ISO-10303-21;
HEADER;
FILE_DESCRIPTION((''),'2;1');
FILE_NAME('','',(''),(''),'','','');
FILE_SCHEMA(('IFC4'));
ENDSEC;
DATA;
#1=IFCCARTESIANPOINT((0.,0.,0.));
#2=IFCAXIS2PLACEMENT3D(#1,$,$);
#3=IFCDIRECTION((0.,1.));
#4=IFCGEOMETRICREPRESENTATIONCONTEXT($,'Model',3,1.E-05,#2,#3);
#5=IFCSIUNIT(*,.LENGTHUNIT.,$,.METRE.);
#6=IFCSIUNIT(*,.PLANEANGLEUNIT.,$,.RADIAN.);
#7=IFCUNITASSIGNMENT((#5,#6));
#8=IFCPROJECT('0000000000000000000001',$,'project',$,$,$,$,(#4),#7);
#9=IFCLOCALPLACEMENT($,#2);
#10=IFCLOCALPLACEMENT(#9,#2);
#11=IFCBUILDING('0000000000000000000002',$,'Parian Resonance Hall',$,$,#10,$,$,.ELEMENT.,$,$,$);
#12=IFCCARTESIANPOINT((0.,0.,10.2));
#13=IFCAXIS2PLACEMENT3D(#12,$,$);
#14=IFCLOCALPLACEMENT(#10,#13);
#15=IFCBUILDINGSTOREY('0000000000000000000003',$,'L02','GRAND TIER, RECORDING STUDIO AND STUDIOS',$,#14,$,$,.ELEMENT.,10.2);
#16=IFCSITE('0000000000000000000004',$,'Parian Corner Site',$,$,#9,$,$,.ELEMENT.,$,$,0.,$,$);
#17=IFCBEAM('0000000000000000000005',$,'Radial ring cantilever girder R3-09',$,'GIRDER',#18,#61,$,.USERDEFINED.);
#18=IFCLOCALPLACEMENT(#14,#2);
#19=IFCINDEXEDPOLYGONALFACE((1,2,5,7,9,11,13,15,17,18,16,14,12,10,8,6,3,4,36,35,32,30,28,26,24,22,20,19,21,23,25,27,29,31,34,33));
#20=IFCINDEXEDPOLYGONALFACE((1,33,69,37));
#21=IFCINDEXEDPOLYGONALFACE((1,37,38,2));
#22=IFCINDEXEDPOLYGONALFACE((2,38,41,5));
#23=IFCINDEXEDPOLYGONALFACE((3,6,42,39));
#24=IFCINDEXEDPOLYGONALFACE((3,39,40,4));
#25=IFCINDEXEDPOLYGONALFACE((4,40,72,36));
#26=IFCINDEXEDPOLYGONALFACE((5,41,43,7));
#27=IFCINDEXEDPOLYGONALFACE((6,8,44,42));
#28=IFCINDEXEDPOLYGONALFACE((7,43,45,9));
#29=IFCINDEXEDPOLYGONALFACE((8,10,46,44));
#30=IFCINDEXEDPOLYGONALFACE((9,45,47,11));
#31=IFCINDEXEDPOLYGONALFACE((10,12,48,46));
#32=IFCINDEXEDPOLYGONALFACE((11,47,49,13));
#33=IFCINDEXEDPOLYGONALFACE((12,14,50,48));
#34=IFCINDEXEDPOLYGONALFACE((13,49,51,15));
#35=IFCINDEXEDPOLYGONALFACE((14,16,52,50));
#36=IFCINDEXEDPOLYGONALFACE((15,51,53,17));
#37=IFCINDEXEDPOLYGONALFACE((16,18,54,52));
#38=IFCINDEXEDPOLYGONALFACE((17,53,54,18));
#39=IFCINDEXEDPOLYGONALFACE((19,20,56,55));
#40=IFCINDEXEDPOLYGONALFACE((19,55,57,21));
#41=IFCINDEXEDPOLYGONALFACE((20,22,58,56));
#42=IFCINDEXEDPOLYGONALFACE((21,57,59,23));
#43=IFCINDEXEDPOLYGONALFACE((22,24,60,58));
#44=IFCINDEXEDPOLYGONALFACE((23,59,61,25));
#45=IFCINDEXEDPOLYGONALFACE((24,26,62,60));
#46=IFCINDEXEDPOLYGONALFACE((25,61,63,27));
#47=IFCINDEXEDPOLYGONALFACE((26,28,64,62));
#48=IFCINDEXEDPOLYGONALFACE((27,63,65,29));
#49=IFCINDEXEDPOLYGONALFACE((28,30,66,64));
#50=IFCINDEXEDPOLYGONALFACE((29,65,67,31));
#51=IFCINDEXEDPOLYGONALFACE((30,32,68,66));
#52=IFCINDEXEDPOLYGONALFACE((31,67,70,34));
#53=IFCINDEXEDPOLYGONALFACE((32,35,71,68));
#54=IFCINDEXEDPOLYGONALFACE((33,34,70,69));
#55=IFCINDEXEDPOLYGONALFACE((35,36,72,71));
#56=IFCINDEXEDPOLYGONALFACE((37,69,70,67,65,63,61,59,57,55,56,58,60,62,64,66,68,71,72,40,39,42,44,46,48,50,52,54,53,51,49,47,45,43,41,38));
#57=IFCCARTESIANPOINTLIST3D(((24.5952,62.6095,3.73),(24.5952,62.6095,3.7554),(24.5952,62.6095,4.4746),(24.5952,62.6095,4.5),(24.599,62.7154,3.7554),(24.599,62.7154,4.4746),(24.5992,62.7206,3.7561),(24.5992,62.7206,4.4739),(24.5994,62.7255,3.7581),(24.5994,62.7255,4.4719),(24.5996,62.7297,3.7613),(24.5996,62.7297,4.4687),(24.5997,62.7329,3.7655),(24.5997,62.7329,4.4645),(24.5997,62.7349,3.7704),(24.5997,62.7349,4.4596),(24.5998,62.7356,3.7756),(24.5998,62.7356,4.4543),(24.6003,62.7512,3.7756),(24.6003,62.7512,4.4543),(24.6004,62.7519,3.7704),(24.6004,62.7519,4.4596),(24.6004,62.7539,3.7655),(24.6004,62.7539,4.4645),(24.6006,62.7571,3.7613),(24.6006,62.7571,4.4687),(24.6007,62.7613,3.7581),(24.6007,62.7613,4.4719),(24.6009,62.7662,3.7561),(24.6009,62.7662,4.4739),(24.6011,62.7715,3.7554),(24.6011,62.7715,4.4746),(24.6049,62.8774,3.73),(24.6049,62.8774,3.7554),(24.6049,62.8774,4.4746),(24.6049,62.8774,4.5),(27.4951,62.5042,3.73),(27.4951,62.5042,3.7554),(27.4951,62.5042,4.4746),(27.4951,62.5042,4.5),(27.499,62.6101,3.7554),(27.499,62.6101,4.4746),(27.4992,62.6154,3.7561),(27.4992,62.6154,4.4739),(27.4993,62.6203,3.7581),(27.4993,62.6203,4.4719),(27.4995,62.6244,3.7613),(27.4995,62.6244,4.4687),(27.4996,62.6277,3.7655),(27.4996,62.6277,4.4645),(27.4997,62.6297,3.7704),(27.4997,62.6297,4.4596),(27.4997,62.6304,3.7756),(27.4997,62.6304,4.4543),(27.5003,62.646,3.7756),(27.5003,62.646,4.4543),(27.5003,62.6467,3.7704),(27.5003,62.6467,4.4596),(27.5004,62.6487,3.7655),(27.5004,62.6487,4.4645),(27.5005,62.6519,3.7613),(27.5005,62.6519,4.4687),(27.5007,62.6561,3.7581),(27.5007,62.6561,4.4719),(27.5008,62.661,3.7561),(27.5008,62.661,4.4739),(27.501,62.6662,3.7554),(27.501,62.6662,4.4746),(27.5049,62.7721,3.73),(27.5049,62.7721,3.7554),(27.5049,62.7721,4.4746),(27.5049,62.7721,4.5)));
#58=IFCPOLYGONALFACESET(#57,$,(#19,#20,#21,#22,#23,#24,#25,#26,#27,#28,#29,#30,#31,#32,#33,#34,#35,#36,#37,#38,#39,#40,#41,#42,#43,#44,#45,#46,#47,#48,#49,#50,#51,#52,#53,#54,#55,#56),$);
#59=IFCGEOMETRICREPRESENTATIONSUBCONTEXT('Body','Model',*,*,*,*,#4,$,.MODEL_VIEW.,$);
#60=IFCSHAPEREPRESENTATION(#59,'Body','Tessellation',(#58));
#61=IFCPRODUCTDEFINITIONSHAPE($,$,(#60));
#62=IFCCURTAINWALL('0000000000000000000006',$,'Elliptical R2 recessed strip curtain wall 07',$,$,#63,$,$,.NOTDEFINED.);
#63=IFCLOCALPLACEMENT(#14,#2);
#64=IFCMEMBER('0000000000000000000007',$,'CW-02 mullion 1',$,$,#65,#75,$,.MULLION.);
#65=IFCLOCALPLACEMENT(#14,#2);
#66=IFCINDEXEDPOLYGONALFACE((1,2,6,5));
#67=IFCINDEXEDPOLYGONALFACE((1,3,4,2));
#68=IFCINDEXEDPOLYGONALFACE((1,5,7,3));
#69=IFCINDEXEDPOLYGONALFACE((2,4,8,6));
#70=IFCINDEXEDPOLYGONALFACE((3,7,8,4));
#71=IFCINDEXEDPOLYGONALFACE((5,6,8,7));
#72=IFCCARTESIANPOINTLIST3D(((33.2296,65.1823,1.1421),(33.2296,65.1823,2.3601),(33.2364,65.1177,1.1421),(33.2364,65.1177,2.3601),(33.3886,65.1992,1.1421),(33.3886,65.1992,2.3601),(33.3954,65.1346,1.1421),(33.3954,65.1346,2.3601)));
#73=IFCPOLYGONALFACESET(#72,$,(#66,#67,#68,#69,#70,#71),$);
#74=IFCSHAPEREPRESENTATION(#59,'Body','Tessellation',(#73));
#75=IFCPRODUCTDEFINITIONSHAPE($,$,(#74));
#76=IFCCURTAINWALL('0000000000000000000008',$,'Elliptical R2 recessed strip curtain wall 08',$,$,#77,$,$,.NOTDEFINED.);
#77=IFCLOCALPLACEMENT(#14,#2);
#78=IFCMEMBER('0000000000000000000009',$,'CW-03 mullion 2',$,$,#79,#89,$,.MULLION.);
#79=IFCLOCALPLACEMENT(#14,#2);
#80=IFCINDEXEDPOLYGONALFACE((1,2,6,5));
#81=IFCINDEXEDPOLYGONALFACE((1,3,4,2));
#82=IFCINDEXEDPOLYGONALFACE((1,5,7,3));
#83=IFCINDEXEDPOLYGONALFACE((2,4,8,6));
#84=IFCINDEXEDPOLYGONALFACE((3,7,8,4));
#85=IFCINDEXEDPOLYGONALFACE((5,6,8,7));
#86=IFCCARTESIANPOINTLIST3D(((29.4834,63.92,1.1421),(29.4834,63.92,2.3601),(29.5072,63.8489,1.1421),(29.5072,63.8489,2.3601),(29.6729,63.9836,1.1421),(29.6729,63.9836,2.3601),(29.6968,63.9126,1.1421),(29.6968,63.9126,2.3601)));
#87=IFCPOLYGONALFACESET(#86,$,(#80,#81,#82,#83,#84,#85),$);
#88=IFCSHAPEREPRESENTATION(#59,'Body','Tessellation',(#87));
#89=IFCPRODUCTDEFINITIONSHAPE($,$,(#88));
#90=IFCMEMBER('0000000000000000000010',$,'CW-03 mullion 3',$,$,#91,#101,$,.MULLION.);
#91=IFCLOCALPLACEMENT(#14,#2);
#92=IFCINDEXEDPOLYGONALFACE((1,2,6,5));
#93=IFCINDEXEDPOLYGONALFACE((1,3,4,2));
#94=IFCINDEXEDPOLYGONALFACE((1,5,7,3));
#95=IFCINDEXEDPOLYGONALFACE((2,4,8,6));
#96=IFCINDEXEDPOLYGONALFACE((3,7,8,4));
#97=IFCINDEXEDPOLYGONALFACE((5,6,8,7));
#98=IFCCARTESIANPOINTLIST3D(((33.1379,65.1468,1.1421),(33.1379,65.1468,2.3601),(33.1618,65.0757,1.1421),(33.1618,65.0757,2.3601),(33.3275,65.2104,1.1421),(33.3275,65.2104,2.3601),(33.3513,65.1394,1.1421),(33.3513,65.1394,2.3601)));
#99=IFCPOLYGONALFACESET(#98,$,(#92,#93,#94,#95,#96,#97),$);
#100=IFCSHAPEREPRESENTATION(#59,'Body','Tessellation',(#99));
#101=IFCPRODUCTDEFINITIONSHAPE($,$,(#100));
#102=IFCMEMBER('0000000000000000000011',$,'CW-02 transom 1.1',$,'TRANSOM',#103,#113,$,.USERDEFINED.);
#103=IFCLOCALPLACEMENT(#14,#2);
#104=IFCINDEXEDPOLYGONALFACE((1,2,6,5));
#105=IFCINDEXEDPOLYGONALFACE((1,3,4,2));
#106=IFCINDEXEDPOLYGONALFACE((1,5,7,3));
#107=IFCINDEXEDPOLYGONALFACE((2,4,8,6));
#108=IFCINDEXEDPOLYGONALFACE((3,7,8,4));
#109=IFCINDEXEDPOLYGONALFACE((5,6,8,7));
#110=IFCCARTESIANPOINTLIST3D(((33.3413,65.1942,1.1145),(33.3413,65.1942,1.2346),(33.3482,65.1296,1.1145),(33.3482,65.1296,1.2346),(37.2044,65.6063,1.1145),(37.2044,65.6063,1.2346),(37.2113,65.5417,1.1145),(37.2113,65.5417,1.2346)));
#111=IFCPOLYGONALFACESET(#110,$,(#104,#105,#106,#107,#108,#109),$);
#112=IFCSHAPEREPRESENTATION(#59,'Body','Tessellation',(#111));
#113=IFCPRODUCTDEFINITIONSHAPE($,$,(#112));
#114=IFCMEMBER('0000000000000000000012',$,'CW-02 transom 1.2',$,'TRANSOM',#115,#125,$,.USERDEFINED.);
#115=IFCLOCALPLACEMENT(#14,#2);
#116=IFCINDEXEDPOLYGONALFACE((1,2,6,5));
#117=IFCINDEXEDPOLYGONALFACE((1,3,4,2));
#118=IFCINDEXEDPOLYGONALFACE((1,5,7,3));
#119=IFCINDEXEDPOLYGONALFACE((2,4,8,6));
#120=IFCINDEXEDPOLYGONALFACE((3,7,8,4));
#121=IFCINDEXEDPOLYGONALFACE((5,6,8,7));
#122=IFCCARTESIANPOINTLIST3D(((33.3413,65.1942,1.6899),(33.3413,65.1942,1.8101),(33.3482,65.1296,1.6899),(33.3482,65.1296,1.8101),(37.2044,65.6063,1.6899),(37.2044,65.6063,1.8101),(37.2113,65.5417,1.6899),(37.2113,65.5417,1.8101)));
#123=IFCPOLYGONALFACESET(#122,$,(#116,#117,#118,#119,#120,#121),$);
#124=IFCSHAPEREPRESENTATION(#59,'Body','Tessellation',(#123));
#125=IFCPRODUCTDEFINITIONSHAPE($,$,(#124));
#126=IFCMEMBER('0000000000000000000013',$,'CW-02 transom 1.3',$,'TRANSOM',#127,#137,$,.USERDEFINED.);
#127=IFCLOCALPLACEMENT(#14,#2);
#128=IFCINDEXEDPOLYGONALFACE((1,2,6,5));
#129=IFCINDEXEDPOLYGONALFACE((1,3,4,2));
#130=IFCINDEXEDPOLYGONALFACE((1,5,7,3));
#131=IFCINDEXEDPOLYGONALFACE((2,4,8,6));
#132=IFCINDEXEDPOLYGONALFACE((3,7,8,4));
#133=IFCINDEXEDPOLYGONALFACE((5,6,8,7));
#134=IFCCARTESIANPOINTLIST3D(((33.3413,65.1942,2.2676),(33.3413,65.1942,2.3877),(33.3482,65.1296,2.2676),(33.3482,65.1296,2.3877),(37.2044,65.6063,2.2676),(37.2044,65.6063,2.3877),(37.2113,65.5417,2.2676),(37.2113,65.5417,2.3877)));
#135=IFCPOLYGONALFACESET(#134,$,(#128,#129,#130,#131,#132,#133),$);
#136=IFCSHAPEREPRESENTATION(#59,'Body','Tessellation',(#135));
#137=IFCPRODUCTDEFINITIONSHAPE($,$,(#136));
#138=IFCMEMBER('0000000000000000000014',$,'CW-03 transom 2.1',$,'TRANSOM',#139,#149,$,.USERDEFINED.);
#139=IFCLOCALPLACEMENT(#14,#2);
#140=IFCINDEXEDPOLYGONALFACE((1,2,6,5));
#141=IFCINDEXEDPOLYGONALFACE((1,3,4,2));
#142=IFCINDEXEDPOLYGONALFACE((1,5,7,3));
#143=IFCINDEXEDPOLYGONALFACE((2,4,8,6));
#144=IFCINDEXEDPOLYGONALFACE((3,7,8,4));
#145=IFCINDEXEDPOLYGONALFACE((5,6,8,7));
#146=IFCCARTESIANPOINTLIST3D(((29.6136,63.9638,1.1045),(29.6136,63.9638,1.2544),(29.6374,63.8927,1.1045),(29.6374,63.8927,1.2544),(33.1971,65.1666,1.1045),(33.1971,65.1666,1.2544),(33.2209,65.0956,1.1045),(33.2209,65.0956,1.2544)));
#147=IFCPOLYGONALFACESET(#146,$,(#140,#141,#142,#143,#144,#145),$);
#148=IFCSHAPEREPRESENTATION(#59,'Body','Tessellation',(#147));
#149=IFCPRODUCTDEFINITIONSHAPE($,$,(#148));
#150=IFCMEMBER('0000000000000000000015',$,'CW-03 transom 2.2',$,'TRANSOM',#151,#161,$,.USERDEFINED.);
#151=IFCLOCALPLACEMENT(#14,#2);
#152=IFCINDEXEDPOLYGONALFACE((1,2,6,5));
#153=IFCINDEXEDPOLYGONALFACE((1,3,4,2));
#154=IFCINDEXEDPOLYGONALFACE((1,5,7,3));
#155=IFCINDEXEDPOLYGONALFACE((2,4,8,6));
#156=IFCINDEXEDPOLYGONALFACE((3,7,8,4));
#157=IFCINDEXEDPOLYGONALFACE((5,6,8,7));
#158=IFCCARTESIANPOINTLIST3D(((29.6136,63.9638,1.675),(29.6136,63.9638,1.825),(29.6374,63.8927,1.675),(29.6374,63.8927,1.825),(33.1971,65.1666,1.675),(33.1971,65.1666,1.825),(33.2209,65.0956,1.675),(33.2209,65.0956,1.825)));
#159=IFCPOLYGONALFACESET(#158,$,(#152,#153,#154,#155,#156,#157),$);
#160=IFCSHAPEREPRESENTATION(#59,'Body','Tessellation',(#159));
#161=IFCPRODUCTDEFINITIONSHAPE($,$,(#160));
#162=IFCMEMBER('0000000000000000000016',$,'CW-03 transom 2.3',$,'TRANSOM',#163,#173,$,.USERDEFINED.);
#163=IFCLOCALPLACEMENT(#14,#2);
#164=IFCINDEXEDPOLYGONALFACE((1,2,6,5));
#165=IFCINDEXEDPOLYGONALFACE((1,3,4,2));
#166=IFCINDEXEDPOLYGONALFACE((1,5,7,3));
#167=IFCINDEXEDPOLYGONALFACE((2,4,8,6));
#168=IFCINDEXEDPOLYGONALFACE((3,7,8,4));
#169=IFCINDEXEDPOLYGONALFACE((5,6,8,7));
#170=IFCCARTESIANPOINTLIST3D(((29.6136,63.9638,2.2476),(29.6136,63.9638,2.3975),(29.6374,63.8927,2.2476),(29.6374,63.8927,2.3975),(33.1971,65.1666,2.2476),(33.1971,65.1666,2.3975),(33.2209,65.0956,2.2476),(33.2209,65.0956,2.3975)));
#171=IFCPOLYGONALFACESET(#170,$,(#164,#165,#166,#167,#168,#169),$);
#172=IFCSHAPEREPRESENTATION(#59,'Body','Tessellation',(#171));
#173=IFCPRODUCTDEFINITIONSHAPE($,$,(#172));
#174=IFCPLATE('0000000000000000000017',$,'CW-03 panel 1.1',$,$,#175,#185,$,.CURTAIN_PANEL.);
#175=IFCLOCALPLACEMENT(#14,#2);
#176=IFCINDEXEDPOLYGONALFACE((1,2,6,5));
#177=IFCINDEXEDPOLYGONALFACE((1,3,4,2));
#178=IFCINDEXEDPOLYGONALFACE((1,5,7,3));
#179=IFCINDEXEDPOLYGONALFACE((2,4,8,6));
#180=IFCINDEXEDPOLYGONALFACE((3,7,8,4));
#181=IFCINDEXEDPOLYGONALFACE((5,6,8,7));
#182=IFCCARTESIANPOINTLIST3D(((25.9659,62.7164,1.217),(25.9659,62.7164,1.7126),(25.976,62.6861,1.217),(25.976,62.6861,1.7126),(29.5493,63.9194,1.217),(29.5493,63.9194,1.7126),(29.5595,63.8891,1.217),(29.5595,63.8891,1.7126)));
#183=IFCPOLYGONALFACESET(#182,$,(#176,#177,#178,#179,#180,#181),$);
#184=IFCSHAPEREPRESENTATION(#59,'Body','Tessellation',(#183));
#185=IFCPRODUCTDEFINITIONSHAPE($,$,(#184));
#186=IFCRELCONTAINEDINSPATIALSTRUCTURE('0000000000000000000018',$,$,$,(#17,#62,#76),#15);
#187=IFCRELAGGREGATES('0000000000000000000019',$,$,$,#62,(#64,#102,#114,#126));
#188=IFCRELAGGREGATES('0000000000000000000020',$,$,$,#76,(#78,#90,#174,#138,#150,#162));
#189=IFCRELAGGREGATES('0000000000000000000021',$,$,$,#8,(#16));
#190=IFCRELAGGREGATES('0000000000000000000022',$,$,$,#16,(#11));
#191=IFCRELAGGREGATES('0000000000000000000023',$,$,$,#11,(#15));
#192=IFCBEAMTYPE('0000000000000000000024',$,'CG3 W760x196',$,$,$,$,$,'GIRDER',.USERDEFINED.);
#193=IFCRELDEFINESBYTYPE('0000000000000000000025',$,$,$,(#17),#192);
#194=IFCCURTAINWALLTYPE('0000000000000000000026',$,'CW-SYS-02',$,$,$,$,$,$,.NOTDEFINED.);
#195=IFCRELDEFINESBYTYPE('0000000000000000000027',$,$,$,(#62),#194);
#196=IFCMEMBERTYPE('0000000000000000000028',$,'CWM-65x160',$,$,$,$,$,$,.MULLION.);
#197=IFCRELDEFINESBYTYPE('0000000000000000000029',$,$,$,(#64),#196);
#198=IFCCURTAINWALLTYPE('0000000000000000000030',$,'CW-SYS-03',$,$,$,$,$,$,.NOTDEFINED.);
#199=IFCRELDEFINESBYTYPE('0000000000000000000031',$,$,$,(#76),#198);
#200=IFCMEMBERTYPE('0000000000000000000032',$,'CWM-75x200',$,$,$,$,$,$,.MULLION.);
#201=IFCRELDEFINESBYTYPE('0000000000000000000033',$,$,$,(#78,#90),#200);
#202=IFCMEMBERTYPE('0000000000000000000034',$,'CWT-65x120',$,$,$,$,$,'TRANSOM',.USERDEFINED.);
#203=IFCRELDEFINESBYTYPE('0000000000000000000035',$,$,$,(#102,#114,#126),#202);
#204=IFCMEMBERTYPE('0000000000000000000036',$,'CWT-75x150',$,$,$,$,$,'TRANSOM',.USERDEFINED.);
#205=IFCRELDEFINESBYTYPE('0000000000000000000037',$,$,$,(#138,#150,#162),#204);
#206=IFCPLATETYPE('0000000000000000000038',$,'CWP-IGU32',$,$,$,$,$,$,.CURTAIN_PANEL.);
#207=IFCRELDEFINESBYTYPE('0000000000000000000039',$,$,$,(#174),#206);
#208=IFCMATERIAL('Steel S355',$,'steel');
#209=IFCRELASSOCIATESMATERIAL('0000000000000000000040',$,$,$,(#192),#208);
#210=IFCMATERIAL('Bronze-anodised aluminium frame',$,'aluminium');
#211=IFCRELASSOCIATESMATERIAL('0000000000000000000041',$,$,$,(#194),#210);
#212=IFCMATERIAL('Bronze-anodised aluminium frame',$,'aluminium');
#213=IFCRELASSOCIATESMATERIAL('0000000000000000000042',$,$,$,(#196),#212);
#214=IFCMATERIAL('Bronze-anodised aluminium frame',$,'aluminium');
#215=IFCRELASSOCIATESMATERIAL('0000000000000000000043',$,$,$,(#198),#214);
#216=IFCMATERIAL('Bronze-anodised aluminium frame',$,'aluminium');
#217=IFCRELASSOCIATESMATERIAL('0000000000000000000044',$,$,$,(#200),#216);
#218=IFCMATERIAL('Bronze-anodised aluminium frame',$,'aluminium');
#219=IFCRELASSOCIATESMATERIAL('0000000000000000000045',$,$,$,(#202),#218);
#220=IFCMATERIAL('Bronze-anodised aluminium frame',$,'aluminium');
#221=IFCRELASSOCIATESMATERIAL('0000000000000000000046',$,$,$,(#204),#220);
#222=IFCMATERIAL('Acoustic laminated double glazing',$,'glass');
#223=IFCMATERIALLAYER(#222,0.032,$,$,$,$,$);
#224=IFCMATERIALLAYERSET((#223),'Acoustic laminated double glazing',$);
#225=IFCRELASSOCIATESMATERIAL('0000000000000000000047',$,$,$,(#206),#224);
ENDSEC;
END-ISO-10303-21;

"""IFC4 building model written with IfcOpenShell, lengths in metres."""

from ifc_helpers import new_model, si_unit, direction, frame, origin, origin_2d, place, context, subcontext, project, spatial, rectangle, i_section, extrude, material, layer, layer_set, material_profile, profile_set, type_object, element, aggregate, save


model = new_model("IFC4")

# Units and contexts
model_context = context("Model", 3, precision=1e-05, world=origin(), true_north=direction((0.0, 1.0)))
body_context = subcontext(model_context, "Body", "Model", "MODEL_VIEW")
ifc_project = project(units=[si_unit("LENGTHUNIT", "METRE"), si_unit("PLANEANGLEUNIT", "RADIAN")], contexts=[model_context])

# Site, building, storey
site_placement = place(None, origin())
site = spatial("IfcSite", under=ifc_project, at=site_placement, Name="Parian Corner Site", CompositionType="ELEMENT", RefElevation=0.0)
building_placement = place(site_placement, origin())
building = spatial("IfcBuilding", under=site, at=building_placement, Name="Parian Resonance Hall", CompositionType="ELEMENT")
storey_placement = place(building_placement, frame((0.0, 0.0, 10.2)))
storey = spatial("IfcBuildingStorey", under=building, at=storey_placement, Name="L02", Description="GRAND TIER, RECORDING STUDIO AND STUDIOS", CompositionType="ELEMENT", Elevation=10.2)

# Beam
ifc_material_1 = material(Name="Steel S355", Category="steel")
ifc_material_profile_1 = material_profile(ifc_material_1, i_section(OverallWidth=0.2681, OverallDepth=0.77, WebThickness=0.0156, FlangeThickness=0.0254, FilletRadius=0.0203, at=origin_2d()), Name="W760x196")
ifc_profile_set_1 = profile_set([ifc_material_profile_1], Name="Steel S355")
beam_type_1 = type_object("IfcBeamType", Name="CG3 W760x196", ElementType="GIRDER", PredefinedType="USERDEFINED", material=ifc_profile_set_1)
beam_1_placement = place(storey_placement, frame((27.5, 62.6382, 4.115), z_axis=(-0.999342, 0.036262, 0.0), x_axis=(-0.036262, -0.999342, 0.0)))
element("IfcBeam", 1, at=beam_1_placement, inside=storey, type_object=beam_type_1, Name="Radial ring cantilever girder R3-09", ObjectType="GIRDER", PredefinedType="USERDEFINED", context=body_context, shape_type="SweptSolid", body=[
    extrude(i_section(OverallWidth=0.2681, OverallDepth=0.77, WebThickness=0.0156, FlangeThickness=0.0254, FilletRadius=0.0203, at=origin_2d()), origin(), (0.0, 0.0, 1.0), 2.9019),
])

# Curtain wall, member
ifc_material_2 = material(Name="Bronze-anodised aluminium frame", Category="aluminium")
curtain_wall_type_1 = type_object("IfcCurtainWallType", Name="CW-SYS-02", PredefinedType="NOTDEFINED", material=ifc_material_2)
curtain_wall_1_placement = place(storey_placement, origin())
curtain_wall_1 = element("IfcCurtainWall", 2, at=curtain_wall_1_placement, inside=storey, type_object=curtain_wall_type_1, Name="Elliptical R2 recessed strip curtain wall 07", PredefinedType="NOTDEFINED")
ifc_material_3 = material(Name="Bronze-anodised aluminium frame", Category="aluminium")
ifc_material_profile_2 = material_profile(ifc_material_3, rectangle(XDim=0.0649, YDim=0.1599, at=origin_2d()), Name="CWM-65x160")
ifc_profile_set_2 = profile_set([ifc_material_profile_2], Name="Bronze-anodised aluminium frame")
member_type_1 = type_object("IfcMemberType", Name="CWM-65x160", PredefinedType="MULLION", material=ifc_profile_set_2)
member_1_placement = place(storey_placement, frame((33.3125, 65.1584, 1.1421), z_axis=(0.0, 0.0, 1.0), x_axis=(-0.106091, 0.994356, 0.0)))
member_1 = element("IfcMember", 3, at=member_1_placement, type_object=member_type_1, Name="CW-02 mullion 1", PredefinedType="MULLION", context=body_context, shape_type="SweptSolid", body=[
    extrude(rectangle(XDim=0.0649, YDim=0.1599, at=origin_2d()), origin(), (0.0, 0.0, 1.0), 1.218),
])

# Curtain wall, members
ifc_material_4 = material(Name="Bronze-anodised aluminium frame", Category="aluminium")
curtain_wall_type_2 = type_object("IfcCurtainWallType", Name="CW-SYS-03", PredefinedType="NOTDEFINED", material=ifc_material_4)
curtain_wall_2_placement = place(storey_placement, origin())
curtain_wall_2 = element("IfcCurtainWall", 4, at=curtain_wall_2_placement, inside=storey, type_object=curtain_wall_type_2, Name="Elliptical R2 recessed strip curtain wall 08", PredefinedType="NOTDEFINED")
ifc_material_5 = material(Name="Bronze-anodised aluminium frame", Category="aluminium")
ifc_material_profile_3 = material_profile(ifc_material_5, rectangle(XDim=0.075, YDim=0.2, at=origin_2d()), Name="CWM-75x200")
ifc_profile_set_3 = profile_set([ifc_material_profile_3], Name="Bronze-anodised aluminium frame")
member_type_2 = type_object("IfcMemberType", Name="CWM-75x200", PredefinedType="MULLION", material=ifc_profile_set_3)
member_2_placement = place(storey_placement, frame((29.5901, 63.9163, 1.1421), z_axis=(0.0, 0.0, 1.0), x_axis=(-0.318258, 0.948004, 0.0)))
member_2 = element("IfcMember", 5, at=member_2_placement, type_object=member_type_2, Name="CW-03 mullion 2", PredefinedType="MULLION", context=body_context, shape_type="SweptSolid", body=[
    extrude(rectangle(XDim=0.075, YDim=0.2, at=origin_2d()), origin(), (0.0, 0.0, 1.0), 1.218),
])
member_3_placement = place(storey_placement, frame((33.2446, 65.1431, 1.1421), z_axis=(0.0, 0.0, 1.0), x_axis=(-0.318258, 0.948004, 0.0)))
member_3 = element("IfcMember", 6, at=member_3_placement, type_object=member_type_2, Name="CW-03 mullion 3", PredefinedType="MULLION", context=body_context, shape_type="SweptSolid", body=[
    extrude(rectangle(XDim=0.075, YDim=0.2, at=origin_2d()), origin(), (0.0, 0.0, 1.0), 1.218),
])

# Members
ifc_material_6 = material(Name="Bronze-anodised aluminium frame", Category="aluminium")
ifc_material_profile_4 = material_profile(ifc_material_6, rectangle(XDim=0.0649, YDim=0.1201, at=origin_2d()), Name="CWT-65x120")
ifc_profile_set_4 = profile_set([ifc_material_profile_4], Name="Bronze-anodised aluminium frame")
member_type_3 = type_object("IfcMemberType", Name="CWT-65x120", ElementType="TRANSOM", PredefinedType="USERDEFINED", material=ifc_profile_set_4)
member_4_placement = place(storey_placement, frame((33.3447, 65.1619, 1.1746), z_axis=(0.994358, 0.106078, 0.0), x_axis=(-0.106078, 0.994358, 0.0)))
member_4 = element("IfcMember", 7, at=member_4_placement, type_object=member_type_3, Name="CW-02 transom 1.1", ObjectType="TRANSOM", PredefinedType="USERDEFINED", context=body_context, shape_type="SweptSolid", body=[
    extrude(rectangle(XDim=0.0649, YDim=0.1201, at=origin_2d()), origin(), (0.0, 0.0, 1.0), 3.885),
])
member_5_placement = place(storey_placement, frame((33.3447, 65.1619, 1.75), z_axis=(0.994358, 0.106078, 0.0), x_axis=(-0.106078, 0.994358, 0.0)))
member_5 = element("IfcMember", 8, at=member_5_placement, type_object=member_type_3, Name="CW-02 transom 1.2", ObjectType="TRANSOM", PredefinedType="USERDEFINED", context=body_context, shape_type="SweptSolid", body=[
    extrude(rectangle(XDim=0.0649, YDim=0.1201, at=origin_2d()), origin(), (0.0, 0.0, 1.0), 3.885),
])
member_6_placement = place(storey_placement, frame((33.3447, 65.1619, 2.3276), z_axis=(0.994358, 0.106078, 0.0), x_axis=(-0.106078, 0.994358, 0.0)))
member_6 = element("IfcMember", 9, at=member_6_placement, type_object=member_type_3, Name="CW-02 transom 1.3", ObjectType="TRANSOM", PredefinedType="USERDEFINED", context=body_context, shape_type="SweptSolid", body=[
    extrude(rectangle(XDim=0.0649, YDim=0.1201, at=origin_2d()), origin(), (0.0, 0.0, 1.0), 3.885),
])
aggregate(curtain_wall_1, [member_1, member_4, member_5, member_6])
ifc_material_7 = material(Name="Bronze-anodised aluminium frame", Category="aluminium")
ifc_material_profile_5 = material_profile(ifc_material_7, rectangle(XDim=0.075, YDim=0.1499, at=origin_2d()), Name="CWT-75x150")
ifc_profile_set_5 = profile_set([ifc_material_profile_5], Name="Bronze-anodised aluminium frame")
member_type_4 = type_object("IfcMemberType", Name="CWT-75x150", ElementType="TRANSOM", PredefinedType="USERDEFINED", material=ifc_profile_set_5)
member_7_placement = place(storey_placement, frame((29.6255, 63.9282, 1.1794), z_axis=(0.948016, 0.318223, 0.0), x_axis=(-0.318223, 0.948016, 0.0)))
member_7 = element("IfcMember", 10, at=member_7_placement, type_object=member_type_4, Name="CW-03 transom 2.1", ObjectType="TRANSOM", PredefinedType="USERDEFINED", context=body_context, shape_type="SweptSolid", body=[
    extrude(rectangle(XDim=0.075, YDim=0.1499, at=origin_2d()), origin(), (0.0, 0.0, 1.0), 3.78),
])
member_8_placement = place(storey_placement, frame((29.6255, 63.9282, 1.75), z_axis=(0.948016, 0.318223, 0.0), x_axis=(-0.318223, 0.948016, 0.0)))
member_8 = element("IfcMember", 11, at=member_8_placement, type_object=member_type_4, Name="CW-03 transom 2.2", ObjectType="TRANSOM", PredefinedType="USERDEFINED", context=body_context, shape_type="SweptSolid", body=[
    extrude(rectangle(XDim=0.075, YDim=0.1499, at=origin_2d()), origin(), (0.0, 0.0, 1.0), 3.78),
])
member_9_placement = place(storey_placement, frame((29.6255, 63.9282, 2.3225), z_axis=(0.948016, 0.318223, 0.0), x_axis=(-0.318223, 0.948016, 0.0)))
member_9 = element("IfcMember", 12, at=member_9_placement, type_object=member_type_4, Name="CW-03 transom 2.3", ObjectType="TRANSOM", PredefinedType="USERDEFINED", context=body_context, shape_type="SweptSolid", body=[
    extrude(rectangle(XDim=0.075, YDim=0.1499, at=origin_2d()), origin(), (0.0, 0.0, 1.0), 3.78),
])

# Plate
ifc_material_8 = material(Name="Acoustic laminated double glazing", Category="glass")
ifc_layer_1 = layer(ifc_material_8, 0.032)
ifc_layer_set_1 = layer_set([ifc_layer_1], Name="Acoustic laminated double glazing")
plate_type = type_object("IfcPlateType", Name="CWP-IGU32", PredefinedType="CURTAIN_PANEL", material=ifc_layer_set_1)
plate_1_placement = place(storey_placement, frame((27.7627, 63.3027, 1.217), z_axis=(0.0, 0.0, 1.0), x_axis=(0.948004, 0.318258, 0.0)))
plate_1 = element("IfcPlate", 13, at=plate_1_placement, type_object=plate_type, Name="CW-03 panel 1.1", PredefinedType="CURTAIN_PANEL", context=body_context, shape_type="SweptSolid", body=[
    extrude(rectangle(XDim=3.78, YDim=0.032, at=origin_2d()), origin(), (0.0, 0.0, 1.0), 0.4956),
])
aggregate(curtain_wall_2, [member_2, member_3, plate_1, member_7, member_8, member_9])

save(model, "model.ifc")
